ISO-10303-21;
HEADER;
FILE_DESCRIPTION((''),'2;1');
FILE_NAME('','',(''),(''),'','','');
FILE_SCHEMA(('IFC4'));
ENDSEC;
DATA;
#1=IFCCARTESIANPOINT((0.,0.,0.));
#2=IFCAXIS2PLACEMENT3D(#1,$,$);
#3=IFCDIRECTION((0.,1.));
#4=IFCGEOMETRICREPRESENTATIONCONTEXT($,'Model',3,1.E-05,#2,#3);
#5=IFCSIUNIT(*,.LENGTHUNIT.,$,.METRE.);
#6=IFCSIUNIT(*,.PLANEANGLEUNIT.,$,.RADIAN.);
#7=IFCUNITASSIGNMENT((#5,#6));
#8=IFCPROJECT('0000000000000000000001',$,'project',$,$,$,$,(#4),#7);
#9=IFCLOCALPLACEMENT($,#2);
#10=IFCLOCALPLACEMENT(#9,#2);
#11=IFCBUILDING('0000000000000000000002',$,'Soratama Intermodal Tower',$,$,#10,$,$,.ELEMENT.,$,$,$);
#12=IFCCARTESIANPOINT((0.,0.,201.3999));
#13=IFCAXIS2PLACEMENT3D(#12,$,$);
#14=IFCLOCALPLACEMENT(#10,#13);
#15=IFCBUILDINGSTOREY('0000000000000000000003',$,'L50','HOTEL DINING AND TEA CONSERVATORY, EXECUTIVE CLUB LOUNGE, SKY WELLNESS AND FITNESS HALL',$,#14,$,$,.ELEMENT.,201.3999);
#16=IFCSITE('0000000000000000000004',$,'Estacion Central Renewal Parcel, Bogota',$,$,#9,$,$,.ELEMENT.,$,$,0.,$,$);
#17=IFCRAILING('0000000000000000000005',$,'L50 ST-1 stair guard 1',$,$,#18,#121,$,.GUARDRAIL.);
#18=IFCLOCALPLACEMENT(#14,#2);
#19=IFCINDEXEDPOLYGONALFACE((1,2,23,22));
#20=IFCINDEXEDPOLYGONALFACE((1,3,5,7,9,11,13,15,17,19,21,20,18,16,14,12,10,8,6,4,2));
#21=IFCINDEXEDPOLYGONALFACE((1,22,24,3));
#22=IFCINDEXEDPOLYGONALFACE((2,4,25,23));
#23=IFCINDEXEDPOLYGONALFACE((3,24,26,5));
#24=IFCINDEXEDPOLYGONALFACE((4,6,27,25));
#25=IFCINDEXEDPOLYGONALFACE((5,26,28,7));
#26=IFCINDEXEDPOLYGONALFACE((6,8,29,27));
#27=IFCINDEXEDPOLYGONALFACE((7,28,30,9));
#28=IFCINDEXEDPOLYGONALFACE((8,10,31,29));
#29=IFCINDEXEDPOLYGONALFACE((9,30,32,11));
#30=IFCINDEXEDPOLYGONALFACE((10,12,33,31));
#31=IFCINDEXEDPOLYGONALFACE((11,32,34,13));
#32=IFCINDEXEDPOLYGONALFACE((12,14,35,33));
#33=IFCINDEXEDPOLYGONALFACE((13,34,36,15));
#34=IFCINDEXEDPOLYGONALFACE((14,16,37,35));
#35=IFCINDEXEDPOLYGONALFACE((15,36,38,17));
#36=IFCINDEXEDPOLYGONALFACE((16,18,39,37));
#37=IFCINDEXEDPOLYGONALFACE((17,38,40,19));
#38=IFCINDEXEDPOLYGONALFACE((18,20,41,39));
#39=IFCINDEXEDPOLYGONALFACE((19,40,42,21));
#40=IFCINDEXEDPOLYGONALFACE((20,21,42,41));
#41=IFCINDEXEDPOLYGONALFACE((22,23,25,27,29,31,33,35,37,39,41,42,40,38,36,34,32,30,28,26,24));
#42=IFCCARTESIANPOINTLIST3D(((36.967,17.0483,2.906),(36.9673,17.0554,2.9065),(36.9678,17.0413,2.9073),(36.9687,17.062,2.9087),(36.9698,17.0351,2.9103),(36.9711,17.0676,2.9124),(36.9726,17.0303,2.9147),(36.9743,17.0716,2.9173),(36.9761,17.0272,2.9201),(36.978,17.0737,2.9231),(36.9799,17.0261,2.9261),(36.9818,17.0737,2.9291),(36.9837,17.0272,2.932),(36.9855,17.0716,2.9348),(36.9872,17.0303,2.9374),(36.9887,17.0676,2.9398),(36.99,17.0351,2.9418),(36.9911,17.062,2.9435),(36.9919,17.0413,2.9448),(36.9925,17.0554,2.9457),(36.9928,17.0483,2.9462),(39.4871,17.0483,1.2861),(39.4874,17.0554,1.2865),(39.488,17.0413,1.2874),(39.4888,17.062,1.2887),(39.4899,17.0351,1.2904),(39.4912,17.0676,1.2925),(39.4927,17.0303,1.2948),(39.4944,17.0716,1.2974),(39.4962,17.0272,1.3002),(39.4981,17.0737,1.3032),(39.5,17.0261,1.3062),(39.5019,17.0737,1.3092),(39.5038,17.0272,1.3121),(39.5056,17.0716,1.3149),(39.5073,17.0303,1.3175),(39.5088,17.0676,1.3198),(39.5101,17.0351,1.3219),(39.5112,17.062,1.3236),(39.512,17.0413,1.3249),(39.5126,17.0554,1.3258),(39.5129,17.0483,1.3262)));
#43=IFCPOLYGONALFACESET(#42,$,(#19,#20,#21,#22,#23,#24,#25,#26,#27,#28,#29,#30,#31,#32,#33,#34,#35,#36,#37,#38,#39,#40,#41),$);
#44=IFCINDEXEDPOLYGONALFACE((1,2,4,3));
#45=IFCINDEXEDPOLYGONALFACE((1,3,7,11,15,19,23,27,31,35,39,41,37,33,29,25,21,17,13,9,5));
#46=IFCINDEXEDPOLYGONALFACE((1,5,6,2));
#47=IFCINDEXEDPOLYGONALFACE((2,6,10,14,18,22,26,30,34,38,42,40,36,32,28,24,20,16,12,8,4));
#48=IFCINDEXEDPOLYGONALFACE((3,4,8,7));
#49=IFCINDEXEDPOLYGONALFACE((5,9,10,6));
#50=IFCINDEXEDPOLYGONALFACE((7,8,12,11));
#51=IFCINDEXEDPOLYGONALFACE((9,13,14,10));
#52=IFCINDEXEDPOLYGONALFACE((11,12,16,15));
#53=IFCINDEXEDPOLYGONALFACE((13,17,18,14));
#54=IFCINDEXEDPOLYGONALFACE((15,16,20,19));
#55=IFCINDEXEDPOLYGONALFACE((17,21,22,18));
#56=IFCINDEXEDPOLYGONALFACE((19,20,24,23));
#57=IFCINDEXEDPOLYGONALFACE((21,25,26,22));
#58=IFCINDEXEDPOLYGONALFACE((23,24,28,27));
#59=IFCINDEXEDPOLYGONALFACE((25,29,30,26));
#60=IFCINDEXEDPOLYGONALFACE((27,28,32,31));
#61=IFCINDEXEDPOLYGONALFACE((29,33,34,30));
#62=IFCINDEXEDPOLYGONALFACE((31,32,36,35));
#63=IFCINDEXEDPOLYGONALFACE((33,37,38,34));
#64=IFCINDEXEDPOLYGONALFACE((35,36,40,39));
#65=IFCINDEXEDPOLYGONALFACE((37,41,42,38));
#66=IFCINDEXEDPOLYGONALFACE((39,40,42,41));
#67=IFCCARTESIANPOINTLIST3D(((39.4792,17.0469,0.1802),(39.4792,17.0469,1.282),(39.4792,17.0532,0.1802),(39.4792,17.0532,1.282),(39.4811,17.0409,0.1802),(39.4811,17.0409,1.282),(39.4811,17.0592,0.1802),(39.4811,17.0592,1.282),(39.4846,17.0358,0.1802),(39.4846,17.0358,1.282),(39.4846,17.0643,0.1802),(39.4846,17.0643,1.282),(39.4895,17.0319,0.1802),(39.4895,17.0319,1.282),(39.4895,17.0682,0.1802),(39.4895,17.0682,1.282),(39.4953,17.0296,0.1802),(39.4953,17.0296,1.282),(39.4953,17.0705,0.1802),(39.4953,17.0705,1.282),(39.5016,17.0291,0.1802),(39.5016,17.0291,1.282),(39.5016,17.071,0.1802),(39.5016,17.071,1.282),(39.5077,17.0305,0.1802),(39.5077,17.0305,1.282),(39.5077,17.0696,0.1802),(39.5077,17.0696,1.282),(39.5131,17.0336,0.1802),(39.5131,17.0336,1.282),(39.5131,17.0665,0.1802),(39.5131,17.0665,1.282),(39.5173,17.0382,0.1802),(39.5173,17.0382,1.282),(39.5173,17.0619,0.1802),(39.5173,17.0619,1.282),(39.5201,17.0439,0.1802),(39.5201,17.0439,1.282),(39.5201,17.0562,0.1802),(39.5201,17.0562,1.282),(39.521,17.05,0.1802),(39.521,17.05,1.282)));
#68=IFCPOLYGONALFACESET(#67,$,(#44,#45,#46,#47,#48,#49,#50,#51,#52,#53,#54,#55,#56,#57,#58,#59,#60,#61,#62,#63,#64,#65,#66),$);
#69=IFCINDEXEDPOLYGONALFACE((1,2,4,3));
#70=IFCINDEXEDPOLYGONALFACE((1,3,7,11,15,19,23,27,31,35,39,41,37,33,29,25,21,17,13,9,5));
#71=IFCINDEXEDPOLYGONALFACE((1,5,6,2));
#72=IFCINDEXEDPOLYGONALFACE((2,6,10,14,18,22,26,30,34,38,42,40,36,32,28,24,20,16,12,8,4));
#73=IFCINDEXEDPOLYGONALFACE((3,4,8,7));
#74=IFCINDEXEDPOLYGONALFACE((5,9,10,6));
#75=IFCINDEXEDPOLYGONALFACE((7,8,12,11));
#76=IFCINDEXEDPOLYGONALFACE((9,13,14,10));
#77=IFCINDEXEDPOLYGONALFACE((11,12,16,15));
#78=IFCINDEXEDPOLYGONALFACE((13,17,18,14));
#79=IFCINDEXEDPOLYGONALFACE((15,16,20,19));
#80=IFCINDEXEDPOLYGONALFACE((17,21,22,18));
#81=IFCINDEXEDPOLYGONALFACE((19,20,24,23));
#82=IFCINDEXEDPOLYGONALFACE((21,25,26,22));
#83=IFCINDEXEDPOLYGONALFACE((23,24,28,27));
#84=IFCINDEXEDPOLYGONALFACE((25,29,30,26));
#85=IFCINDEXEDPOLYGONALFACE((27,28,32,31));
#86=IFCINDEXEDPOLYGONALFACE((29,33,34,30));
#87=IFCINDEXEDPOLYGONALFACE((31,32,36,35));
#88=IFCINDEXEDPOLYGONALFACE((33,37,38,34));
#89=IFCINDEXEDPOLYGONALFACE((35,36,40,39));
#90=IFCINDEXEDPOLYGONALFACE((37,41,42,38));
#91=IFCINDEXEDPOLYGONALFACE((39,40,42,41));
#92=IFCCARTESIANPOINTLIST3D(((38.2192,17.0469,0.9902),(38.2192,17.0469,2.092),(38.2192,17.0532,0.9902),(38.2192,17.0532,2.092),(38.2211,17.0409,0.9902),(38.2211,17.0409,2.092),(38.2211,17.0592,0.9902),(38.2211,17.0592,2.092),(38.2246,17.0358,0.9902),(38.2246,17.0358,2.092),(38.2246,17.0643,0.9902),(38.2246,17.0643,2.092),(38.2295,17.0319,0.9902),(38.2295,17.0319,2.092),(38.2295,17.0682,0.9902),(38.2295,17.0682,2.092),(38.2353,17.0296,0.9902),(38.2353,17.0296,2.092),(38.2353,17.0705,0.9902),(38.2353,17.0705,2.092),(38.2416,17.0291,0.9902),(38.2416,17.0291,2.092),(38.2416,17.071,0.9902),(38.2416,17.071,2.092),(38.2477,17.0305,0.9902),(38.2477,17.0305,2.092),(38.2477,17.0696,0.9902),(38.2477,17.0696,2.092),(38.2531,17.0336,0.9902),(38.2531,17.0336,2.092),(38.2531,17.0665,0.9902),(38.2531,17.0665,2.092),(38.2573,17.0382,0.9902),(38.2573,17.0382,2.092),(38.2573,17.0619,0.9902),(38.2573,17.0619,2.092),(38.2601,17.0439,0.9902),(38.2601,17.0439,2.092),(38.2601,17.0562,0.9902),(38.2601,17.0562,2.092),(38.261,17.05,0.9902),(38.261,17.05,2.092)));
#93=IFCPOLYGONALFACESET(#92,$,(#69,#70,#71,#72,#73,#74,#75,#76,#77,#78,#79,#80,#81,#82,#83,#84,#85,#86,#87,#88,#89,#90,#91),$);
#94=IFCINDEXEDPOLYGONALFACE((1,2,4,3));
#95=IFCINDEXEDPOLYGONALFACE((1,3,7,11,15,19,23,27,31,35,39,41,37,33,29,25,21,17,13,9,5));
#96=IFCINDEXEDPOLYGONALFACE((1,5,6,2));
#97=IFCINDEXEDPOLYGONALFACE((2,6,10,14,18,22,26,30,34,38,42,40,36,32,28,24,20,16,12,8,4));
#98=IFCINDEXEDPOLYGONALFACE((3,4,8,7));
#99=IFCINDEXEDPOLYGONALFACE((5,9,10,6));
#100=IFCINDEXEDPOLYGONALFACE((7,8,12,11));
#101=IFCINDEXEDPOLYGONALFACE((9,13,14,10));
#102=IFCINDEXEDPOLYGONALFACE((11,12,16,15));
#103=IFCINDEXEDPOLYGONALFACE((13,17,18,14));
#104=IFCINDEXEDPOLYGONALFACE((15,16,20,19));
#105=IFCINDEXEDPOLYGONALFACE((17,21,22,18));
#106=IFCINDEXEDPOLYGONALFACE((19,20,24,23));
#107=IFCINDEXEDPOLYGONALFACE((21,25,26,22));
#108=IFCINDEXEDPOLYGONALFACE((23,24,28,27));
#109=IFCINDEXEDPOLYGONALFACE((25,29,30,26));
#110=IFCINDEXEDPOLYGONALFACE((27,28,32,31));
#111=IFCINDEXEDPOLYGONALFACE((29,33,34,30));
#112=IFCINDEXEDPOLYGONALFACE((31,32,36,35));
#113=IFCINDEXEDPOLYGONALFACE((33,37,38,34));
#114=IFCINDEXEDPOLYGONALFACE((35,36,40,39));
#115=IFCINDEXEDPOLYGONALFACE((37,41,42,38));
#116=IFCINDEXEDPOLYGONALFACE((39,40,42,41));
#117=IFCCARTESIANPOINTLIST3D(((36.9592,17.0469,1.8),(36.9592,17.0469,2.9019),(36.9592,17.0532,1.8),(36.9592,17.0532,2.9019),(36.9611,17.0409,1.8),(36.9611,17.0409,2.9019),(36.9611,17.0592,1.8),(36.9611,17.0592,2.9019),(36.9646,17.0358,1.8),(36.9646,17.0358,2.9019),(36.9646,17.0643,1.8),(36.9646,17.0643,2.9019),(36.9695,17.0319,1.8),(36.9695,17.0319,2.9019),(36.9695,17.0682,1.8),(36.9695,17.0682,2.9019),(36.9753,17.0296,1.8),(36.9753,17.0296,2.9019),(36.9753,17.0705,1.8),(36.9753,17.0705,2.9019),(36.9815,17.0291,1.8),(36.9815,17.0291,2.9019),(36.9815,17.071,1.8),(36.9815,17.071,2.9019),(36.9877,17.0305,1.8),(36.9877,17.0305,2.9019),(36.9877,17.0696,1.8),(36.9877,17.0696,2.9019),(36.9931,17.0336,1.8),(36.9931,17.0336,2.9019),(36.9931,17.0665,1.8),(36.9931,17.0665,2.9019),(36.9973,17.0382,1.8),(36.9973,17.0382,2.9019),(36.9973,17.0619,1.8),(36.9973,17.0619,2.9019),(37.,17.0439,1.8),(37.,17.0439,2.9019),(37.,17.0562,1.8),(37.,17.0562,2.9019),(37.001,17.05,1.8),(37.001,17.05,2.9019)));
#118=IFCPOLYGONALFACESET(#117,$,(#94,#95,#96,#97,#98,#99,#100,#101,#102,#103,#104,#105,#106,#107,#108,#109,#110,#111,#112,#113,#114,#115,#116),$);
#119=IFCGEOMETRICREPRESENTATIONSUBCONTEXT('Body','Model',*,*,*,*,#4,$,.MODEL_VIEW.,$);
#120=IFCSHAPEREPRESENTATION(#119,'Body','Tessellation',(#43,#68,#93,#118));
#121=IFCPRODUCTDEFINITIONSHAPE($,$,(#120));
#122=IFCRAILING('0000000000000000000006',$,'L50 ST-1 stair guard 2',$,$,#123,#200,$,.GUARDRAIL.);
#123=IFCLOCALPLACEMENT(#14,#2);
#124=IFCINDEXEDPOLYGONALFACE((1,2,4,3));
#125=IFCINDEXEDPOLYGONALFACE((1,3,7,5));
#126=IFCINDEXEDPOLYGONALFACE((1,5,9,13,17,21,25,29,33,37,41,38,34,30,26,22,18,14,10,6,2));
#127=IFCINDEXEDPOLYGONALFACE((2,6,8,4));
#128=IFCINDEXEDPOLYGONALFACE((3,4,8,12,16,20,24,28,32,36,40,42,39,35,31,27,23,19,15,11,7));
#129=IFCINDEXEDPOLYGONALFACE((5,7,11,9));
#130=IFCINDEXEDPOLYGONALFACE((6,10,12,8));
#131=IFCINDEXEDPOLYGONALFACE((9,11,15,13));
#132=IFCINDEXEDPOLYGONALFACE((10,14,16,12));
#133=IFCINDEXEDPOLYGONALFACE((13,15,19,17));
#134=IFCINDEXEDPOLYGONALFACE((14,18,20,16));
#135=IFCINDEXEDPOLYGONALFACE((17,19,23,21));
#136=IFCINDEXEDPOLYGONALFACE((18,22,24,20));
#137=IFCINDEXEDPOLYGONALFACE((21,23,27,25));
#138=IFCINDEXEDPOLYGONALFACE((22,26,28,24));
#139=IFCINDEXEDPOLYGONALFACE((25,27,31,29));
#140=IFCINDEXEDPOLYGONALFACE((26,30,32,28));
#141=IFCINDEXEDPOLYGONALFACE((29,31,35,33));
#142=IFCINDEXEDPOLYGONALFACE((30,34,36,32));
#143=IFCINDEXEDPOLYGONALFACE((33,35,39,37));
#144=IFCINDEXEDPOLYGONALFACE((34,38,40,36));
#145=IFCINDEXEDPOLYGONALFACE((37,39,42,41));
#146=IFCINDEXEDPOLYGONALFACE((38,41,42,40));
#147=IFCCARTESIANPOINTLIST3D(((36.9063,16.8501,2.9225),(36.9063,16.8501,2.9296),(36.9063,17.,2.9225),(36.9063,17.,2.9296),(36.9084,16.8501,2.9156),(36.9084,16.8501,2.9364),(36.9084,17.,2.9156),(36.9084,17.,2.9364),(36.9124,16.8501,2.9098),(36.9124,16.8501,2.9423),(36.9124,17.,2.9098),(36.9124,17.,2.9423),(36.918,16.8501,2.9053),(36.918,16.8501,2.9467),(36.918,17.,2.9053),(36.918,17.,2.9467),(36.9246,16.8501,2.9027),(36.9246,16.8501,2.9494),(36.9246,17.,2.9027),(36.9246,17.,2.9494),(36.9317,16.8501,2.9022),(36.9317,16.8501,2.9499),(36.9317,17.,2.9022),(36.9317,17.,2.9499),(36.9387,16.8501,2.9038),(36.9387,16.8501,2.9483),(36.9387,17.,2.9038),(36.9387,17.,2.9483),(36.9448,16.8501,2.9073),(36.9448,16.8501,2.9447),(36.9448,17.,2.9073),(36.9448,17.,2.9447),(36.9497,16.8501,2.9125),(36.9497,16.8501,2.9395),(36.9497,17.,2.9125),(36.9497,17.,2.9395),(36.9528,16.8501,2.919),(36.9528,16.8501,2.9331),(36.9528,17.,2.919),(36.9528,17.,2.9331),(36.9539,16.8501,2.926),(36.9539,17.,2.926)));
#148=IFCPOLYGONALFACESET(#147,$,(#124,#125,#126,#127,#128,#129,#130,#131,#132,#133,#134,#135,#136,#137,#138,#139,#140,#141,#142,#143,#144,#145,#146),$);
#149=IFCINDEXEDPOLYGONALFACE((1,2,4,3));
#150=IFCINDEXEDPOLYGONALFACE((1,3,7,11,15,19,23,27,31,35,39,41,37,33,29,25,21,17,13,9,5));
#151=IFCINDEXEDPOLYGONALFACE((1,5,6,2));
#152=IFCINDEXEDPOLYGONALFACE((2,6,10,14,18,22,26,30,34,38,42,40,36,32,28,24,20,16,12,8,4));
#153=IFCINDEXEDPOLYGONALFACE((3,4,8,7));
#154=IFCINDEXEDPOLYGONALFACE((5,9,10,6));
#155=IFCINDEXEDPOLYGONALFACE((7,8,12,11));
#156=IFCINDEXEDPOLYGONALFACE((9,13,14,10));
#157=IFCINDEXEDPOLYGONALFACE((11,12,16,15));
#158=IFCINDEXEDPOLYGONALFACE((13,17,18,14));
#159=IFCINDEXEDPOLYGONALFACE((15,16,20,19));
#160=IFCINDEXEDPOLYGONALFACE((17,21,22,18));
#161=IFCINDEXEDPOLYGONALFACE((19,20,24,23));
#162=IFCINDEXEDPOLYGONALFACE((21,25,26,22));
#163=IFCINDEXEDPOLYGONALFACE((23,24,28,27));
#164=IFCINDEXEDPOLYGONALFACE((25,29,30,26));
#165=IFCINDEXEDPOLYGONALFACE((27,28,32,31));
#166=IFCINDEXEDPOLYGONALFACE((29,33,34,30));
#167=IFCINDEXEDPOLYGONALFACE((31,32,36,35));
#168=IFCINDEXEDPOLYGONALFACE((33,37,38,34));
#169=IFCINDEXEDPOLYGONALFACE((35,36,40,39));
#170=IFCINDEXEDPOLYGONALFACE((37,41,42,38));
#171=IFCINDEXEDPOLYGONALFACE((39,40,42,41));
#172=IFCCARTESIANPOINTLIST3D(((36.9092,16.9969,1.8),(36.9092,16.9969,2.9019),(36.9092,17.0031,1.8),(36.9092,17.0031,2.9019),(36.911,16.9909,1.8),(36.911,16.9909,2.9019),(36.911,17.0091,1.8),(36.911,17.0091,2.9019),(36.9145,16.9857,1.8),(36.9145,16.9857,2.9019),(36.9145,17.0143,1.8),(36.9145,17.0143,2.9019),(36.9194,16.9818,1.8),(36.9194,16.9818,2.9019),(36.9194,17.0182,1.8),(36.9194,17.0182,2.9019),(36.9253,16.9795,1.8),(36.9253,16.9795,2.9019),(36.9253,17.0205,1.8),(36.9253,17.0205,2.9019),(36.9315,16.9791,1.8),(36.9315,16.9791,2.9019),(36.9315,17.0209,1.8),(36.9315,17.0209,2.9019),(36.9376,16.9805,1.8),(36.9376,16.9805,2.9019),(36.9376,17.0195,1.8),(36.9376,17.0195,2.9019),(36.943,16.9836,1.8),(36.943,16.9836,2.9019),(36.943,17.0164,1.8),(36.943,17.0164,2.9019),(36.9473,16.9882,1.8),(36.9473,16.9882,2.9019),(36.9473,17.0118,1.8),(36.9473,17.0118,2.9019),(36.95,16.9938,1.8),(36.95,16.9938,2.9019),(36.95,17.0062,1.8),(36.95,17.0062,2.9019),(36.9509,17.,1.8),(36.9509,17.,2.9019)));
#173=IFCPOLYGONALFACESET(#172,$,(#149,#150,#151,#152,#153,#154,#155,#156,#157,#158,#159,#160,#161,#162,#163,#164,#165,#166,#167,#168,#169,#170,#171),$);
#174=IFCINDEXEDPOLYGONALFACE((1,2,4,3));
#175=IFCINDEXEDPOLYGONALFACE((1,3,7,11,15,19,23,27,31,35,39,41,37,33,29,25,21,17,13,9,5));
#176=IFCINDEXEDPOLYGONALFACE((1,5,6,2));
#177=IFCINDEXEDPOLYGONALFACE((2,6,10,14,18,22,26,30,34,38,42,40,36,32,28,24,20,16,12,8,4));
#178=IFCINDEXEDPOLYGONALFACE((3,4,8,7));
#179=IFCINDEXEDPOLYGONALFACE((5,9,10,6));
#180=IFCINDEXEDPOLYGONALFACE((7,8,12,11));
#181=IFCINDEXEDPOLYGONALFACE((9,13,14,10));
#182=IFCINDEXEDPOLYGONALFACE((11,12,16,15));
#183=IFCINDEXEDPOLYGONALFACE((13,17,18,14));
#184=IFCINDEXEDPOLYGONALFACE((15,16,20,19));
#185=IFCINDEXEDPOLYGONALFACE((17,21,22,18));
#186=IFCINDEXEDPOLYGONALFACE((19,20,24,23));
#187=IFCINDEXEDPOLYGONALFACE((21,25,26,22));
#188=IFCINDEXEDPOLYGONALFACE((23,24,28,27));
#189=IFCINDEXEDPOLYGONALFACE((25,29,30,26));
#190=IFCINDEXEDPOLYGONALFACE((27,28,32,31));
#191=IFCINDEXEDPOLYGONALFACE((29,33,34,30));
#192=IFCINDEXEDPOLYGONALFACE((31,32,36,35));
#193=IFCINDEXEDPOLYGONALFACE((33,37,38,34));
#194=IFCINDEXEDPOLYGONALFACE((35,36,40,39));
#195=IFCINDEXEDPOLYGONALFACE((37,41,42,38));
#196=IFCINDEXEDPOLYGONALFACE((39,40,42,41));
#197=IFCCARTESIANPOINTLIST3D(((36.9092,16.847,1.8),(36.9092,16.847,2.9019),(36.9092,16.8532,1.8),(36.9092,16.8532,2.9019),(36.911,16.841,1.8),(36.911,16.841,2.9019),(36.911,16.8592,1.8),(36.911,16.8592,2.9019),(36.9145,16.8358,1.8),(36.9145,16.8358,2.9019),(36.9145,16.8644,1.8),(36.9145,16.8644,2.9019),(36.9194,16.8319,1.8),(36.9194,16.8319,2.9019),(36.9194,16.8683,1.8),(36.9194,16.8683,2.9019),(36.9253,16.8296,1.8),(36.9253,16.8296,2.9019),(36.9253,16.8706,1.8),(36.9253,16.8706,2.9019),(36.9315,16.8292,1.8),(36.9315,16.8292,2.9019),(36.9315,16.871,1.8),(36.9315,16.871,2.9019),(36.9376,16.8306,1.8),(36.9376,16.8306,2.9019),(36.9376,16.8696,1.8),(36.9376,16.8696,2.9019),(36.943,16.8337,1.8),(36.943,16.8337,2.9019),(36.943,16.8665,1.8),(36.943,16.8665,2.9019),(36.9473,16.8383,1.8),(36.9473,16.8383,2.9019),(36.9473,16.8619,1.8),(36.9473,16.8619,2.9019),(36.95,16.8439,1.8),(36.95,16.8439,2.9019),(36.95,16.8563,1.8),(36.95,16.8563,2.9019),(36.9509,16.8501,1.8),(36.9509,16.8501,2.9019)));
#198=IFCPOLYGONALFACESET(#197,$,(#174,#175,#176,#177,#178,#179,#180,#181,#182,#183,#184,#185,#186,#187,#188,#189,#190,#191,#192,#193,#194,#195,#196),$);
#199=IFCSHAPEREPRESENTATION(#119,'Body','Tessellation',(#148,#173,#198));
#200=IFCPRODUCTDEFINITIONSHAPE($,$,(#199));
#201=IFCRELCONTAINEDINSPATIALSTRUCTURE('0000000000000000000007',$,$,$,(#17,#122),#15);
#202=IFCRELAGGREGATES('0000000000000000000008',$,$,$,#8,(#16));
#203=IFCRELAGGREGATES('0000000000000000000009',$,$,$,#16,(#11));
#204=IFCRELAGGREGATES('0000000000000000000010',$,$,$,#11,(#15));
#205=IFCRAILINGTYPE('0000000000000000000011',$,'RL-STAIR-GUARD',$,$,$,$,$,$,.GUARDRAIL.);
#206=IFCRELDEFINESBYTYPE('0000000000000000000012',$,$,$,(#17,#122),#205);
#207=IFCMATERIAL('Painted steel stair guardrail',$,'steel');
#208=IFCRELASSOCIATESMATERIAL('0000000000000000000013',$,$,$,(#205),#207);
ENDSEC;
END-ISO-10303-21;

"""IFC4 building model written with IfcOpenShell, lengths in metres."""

from ifc_helpers import new_model, si_unit, direction, frame, origin, origin_2d, place, context, subcontext, project, spatial, circle, extrude, material, type_object, element, save


model = new_model("IFC4")

# Units and contexts
model_context = context("Model", 3, precision=1e-05, world=origin(), true_north=direction((0.0, 1.0)))
body_context = subcontext(model_context, "Body", "Model", "MODEL_VIEW")
ifc_project = project(units=[si_unit("LENGTHUNIT", "METRE"), si_unit("PLANEANGLEUNIT", "RADIAN")], contexts=[model_context])

# Site, building, storey
site_placement = place(None, origin())
site = spatial("IfcSite", under=ifc_project, at=site_placement, Name="Estacion Central Renewal Parcel, Bogota", CompositionType="ELEMENT", RefElevation=0.0)
building_placement = place(site_placement, origin())
building = spatial("IfcBuilding", under=site, at=building_placement, Name="Soratama Intermodal Tower", CompositionType="ELEMENT")
storey_placement = place(building_placement, frame((0.0, 0.0, 201.3999)))
storey = spatial("IfcBuildingStorey", under=building, at=storey_placement, Name="L50", Description="HOTEL DINING AND TEA CONSERVATORY, EXECUTIVE CLUB LOUNGE, SKY WELLNESS AND FITNESS HALL", CompositionType="ELEMENT", Elevation=201.3999)

# Railings
ifc_material_1 = material(Name="Painted steel stair guardrail", Category="steel")
railing_type_1 = type_object("IfcRailingType", Name="RL-STAIR-GUARD", PredefinedType="GUARDRAIL", material=ifc_material_1)
railing_1_placement = place(storey_placement, frame((39.5, 17.05, 0.1802)))
element("IfcRailing", 1, at=railing_1_placement, inside=storey, type_object=railing_type_1, Name="L50 ST-1 stair guard 1", PredefinedType="GUARDRAIL", context=body_context, shape_type="SweptSolid", body=[
    extrude(circle(Radius=0.0239, at=origin_2d()), frame((0.0, 0.0, 1.126), z_axis=(-0.8412, 0.0, 0.540725), x_axis=(0.0, -1.0, 0.0)), (0.0, 0.0, 1.0), 2.9958),
    extrude(circle(Radius=0.021, at=origin_2d()), origin(), (0.0, 0.0, 1.0), 1.1018),
    extrude(circle(Radius=0.021, at=origin_2d()), frame((-1.26, 0.0, 0.8101)), (0.0, 0.0, 1.0), 1.1018),
    extrude(circle(Radius=0.021, at=origin_2d()), frame((-2.52, 0.0, 1.6199)), (0.0, 0.0, 1.0), 1.1018),
])
railing_2_placement = place(storey_placement, frame((36.9299, 17.0, 1.8)))
element("IfcRailing", 2, at=railing_2_placement, inside=storey, type_object=railing_type_1, Name="L50 ST-1 stair guard 2", PredefinedType="GUARDRAIL", context=body_context, shape_type="SweptSolid", body=[
    extrude(circle(Radius=0.0239, at=origin_2d()), frame((0.0, 0.0, 1.126), z_axis=(0.0, -1.0, 0.0), x_axis=(1.0, 0.0, 0.0)), (0.0, 0.0, 1.0), 0.1499),
    extrude(circle(Radius=0.021, at=origin_2d()), origin(), (0.0, 0.0, 1.0), 1.1018),
    extrude(circle(Radius=0.021, at=origin_2d()), frame((0.0, -0.1499, 0.0)), (0.0, 0.0, 1.0), 1.1018),
])

save(model, "model.ifc")
